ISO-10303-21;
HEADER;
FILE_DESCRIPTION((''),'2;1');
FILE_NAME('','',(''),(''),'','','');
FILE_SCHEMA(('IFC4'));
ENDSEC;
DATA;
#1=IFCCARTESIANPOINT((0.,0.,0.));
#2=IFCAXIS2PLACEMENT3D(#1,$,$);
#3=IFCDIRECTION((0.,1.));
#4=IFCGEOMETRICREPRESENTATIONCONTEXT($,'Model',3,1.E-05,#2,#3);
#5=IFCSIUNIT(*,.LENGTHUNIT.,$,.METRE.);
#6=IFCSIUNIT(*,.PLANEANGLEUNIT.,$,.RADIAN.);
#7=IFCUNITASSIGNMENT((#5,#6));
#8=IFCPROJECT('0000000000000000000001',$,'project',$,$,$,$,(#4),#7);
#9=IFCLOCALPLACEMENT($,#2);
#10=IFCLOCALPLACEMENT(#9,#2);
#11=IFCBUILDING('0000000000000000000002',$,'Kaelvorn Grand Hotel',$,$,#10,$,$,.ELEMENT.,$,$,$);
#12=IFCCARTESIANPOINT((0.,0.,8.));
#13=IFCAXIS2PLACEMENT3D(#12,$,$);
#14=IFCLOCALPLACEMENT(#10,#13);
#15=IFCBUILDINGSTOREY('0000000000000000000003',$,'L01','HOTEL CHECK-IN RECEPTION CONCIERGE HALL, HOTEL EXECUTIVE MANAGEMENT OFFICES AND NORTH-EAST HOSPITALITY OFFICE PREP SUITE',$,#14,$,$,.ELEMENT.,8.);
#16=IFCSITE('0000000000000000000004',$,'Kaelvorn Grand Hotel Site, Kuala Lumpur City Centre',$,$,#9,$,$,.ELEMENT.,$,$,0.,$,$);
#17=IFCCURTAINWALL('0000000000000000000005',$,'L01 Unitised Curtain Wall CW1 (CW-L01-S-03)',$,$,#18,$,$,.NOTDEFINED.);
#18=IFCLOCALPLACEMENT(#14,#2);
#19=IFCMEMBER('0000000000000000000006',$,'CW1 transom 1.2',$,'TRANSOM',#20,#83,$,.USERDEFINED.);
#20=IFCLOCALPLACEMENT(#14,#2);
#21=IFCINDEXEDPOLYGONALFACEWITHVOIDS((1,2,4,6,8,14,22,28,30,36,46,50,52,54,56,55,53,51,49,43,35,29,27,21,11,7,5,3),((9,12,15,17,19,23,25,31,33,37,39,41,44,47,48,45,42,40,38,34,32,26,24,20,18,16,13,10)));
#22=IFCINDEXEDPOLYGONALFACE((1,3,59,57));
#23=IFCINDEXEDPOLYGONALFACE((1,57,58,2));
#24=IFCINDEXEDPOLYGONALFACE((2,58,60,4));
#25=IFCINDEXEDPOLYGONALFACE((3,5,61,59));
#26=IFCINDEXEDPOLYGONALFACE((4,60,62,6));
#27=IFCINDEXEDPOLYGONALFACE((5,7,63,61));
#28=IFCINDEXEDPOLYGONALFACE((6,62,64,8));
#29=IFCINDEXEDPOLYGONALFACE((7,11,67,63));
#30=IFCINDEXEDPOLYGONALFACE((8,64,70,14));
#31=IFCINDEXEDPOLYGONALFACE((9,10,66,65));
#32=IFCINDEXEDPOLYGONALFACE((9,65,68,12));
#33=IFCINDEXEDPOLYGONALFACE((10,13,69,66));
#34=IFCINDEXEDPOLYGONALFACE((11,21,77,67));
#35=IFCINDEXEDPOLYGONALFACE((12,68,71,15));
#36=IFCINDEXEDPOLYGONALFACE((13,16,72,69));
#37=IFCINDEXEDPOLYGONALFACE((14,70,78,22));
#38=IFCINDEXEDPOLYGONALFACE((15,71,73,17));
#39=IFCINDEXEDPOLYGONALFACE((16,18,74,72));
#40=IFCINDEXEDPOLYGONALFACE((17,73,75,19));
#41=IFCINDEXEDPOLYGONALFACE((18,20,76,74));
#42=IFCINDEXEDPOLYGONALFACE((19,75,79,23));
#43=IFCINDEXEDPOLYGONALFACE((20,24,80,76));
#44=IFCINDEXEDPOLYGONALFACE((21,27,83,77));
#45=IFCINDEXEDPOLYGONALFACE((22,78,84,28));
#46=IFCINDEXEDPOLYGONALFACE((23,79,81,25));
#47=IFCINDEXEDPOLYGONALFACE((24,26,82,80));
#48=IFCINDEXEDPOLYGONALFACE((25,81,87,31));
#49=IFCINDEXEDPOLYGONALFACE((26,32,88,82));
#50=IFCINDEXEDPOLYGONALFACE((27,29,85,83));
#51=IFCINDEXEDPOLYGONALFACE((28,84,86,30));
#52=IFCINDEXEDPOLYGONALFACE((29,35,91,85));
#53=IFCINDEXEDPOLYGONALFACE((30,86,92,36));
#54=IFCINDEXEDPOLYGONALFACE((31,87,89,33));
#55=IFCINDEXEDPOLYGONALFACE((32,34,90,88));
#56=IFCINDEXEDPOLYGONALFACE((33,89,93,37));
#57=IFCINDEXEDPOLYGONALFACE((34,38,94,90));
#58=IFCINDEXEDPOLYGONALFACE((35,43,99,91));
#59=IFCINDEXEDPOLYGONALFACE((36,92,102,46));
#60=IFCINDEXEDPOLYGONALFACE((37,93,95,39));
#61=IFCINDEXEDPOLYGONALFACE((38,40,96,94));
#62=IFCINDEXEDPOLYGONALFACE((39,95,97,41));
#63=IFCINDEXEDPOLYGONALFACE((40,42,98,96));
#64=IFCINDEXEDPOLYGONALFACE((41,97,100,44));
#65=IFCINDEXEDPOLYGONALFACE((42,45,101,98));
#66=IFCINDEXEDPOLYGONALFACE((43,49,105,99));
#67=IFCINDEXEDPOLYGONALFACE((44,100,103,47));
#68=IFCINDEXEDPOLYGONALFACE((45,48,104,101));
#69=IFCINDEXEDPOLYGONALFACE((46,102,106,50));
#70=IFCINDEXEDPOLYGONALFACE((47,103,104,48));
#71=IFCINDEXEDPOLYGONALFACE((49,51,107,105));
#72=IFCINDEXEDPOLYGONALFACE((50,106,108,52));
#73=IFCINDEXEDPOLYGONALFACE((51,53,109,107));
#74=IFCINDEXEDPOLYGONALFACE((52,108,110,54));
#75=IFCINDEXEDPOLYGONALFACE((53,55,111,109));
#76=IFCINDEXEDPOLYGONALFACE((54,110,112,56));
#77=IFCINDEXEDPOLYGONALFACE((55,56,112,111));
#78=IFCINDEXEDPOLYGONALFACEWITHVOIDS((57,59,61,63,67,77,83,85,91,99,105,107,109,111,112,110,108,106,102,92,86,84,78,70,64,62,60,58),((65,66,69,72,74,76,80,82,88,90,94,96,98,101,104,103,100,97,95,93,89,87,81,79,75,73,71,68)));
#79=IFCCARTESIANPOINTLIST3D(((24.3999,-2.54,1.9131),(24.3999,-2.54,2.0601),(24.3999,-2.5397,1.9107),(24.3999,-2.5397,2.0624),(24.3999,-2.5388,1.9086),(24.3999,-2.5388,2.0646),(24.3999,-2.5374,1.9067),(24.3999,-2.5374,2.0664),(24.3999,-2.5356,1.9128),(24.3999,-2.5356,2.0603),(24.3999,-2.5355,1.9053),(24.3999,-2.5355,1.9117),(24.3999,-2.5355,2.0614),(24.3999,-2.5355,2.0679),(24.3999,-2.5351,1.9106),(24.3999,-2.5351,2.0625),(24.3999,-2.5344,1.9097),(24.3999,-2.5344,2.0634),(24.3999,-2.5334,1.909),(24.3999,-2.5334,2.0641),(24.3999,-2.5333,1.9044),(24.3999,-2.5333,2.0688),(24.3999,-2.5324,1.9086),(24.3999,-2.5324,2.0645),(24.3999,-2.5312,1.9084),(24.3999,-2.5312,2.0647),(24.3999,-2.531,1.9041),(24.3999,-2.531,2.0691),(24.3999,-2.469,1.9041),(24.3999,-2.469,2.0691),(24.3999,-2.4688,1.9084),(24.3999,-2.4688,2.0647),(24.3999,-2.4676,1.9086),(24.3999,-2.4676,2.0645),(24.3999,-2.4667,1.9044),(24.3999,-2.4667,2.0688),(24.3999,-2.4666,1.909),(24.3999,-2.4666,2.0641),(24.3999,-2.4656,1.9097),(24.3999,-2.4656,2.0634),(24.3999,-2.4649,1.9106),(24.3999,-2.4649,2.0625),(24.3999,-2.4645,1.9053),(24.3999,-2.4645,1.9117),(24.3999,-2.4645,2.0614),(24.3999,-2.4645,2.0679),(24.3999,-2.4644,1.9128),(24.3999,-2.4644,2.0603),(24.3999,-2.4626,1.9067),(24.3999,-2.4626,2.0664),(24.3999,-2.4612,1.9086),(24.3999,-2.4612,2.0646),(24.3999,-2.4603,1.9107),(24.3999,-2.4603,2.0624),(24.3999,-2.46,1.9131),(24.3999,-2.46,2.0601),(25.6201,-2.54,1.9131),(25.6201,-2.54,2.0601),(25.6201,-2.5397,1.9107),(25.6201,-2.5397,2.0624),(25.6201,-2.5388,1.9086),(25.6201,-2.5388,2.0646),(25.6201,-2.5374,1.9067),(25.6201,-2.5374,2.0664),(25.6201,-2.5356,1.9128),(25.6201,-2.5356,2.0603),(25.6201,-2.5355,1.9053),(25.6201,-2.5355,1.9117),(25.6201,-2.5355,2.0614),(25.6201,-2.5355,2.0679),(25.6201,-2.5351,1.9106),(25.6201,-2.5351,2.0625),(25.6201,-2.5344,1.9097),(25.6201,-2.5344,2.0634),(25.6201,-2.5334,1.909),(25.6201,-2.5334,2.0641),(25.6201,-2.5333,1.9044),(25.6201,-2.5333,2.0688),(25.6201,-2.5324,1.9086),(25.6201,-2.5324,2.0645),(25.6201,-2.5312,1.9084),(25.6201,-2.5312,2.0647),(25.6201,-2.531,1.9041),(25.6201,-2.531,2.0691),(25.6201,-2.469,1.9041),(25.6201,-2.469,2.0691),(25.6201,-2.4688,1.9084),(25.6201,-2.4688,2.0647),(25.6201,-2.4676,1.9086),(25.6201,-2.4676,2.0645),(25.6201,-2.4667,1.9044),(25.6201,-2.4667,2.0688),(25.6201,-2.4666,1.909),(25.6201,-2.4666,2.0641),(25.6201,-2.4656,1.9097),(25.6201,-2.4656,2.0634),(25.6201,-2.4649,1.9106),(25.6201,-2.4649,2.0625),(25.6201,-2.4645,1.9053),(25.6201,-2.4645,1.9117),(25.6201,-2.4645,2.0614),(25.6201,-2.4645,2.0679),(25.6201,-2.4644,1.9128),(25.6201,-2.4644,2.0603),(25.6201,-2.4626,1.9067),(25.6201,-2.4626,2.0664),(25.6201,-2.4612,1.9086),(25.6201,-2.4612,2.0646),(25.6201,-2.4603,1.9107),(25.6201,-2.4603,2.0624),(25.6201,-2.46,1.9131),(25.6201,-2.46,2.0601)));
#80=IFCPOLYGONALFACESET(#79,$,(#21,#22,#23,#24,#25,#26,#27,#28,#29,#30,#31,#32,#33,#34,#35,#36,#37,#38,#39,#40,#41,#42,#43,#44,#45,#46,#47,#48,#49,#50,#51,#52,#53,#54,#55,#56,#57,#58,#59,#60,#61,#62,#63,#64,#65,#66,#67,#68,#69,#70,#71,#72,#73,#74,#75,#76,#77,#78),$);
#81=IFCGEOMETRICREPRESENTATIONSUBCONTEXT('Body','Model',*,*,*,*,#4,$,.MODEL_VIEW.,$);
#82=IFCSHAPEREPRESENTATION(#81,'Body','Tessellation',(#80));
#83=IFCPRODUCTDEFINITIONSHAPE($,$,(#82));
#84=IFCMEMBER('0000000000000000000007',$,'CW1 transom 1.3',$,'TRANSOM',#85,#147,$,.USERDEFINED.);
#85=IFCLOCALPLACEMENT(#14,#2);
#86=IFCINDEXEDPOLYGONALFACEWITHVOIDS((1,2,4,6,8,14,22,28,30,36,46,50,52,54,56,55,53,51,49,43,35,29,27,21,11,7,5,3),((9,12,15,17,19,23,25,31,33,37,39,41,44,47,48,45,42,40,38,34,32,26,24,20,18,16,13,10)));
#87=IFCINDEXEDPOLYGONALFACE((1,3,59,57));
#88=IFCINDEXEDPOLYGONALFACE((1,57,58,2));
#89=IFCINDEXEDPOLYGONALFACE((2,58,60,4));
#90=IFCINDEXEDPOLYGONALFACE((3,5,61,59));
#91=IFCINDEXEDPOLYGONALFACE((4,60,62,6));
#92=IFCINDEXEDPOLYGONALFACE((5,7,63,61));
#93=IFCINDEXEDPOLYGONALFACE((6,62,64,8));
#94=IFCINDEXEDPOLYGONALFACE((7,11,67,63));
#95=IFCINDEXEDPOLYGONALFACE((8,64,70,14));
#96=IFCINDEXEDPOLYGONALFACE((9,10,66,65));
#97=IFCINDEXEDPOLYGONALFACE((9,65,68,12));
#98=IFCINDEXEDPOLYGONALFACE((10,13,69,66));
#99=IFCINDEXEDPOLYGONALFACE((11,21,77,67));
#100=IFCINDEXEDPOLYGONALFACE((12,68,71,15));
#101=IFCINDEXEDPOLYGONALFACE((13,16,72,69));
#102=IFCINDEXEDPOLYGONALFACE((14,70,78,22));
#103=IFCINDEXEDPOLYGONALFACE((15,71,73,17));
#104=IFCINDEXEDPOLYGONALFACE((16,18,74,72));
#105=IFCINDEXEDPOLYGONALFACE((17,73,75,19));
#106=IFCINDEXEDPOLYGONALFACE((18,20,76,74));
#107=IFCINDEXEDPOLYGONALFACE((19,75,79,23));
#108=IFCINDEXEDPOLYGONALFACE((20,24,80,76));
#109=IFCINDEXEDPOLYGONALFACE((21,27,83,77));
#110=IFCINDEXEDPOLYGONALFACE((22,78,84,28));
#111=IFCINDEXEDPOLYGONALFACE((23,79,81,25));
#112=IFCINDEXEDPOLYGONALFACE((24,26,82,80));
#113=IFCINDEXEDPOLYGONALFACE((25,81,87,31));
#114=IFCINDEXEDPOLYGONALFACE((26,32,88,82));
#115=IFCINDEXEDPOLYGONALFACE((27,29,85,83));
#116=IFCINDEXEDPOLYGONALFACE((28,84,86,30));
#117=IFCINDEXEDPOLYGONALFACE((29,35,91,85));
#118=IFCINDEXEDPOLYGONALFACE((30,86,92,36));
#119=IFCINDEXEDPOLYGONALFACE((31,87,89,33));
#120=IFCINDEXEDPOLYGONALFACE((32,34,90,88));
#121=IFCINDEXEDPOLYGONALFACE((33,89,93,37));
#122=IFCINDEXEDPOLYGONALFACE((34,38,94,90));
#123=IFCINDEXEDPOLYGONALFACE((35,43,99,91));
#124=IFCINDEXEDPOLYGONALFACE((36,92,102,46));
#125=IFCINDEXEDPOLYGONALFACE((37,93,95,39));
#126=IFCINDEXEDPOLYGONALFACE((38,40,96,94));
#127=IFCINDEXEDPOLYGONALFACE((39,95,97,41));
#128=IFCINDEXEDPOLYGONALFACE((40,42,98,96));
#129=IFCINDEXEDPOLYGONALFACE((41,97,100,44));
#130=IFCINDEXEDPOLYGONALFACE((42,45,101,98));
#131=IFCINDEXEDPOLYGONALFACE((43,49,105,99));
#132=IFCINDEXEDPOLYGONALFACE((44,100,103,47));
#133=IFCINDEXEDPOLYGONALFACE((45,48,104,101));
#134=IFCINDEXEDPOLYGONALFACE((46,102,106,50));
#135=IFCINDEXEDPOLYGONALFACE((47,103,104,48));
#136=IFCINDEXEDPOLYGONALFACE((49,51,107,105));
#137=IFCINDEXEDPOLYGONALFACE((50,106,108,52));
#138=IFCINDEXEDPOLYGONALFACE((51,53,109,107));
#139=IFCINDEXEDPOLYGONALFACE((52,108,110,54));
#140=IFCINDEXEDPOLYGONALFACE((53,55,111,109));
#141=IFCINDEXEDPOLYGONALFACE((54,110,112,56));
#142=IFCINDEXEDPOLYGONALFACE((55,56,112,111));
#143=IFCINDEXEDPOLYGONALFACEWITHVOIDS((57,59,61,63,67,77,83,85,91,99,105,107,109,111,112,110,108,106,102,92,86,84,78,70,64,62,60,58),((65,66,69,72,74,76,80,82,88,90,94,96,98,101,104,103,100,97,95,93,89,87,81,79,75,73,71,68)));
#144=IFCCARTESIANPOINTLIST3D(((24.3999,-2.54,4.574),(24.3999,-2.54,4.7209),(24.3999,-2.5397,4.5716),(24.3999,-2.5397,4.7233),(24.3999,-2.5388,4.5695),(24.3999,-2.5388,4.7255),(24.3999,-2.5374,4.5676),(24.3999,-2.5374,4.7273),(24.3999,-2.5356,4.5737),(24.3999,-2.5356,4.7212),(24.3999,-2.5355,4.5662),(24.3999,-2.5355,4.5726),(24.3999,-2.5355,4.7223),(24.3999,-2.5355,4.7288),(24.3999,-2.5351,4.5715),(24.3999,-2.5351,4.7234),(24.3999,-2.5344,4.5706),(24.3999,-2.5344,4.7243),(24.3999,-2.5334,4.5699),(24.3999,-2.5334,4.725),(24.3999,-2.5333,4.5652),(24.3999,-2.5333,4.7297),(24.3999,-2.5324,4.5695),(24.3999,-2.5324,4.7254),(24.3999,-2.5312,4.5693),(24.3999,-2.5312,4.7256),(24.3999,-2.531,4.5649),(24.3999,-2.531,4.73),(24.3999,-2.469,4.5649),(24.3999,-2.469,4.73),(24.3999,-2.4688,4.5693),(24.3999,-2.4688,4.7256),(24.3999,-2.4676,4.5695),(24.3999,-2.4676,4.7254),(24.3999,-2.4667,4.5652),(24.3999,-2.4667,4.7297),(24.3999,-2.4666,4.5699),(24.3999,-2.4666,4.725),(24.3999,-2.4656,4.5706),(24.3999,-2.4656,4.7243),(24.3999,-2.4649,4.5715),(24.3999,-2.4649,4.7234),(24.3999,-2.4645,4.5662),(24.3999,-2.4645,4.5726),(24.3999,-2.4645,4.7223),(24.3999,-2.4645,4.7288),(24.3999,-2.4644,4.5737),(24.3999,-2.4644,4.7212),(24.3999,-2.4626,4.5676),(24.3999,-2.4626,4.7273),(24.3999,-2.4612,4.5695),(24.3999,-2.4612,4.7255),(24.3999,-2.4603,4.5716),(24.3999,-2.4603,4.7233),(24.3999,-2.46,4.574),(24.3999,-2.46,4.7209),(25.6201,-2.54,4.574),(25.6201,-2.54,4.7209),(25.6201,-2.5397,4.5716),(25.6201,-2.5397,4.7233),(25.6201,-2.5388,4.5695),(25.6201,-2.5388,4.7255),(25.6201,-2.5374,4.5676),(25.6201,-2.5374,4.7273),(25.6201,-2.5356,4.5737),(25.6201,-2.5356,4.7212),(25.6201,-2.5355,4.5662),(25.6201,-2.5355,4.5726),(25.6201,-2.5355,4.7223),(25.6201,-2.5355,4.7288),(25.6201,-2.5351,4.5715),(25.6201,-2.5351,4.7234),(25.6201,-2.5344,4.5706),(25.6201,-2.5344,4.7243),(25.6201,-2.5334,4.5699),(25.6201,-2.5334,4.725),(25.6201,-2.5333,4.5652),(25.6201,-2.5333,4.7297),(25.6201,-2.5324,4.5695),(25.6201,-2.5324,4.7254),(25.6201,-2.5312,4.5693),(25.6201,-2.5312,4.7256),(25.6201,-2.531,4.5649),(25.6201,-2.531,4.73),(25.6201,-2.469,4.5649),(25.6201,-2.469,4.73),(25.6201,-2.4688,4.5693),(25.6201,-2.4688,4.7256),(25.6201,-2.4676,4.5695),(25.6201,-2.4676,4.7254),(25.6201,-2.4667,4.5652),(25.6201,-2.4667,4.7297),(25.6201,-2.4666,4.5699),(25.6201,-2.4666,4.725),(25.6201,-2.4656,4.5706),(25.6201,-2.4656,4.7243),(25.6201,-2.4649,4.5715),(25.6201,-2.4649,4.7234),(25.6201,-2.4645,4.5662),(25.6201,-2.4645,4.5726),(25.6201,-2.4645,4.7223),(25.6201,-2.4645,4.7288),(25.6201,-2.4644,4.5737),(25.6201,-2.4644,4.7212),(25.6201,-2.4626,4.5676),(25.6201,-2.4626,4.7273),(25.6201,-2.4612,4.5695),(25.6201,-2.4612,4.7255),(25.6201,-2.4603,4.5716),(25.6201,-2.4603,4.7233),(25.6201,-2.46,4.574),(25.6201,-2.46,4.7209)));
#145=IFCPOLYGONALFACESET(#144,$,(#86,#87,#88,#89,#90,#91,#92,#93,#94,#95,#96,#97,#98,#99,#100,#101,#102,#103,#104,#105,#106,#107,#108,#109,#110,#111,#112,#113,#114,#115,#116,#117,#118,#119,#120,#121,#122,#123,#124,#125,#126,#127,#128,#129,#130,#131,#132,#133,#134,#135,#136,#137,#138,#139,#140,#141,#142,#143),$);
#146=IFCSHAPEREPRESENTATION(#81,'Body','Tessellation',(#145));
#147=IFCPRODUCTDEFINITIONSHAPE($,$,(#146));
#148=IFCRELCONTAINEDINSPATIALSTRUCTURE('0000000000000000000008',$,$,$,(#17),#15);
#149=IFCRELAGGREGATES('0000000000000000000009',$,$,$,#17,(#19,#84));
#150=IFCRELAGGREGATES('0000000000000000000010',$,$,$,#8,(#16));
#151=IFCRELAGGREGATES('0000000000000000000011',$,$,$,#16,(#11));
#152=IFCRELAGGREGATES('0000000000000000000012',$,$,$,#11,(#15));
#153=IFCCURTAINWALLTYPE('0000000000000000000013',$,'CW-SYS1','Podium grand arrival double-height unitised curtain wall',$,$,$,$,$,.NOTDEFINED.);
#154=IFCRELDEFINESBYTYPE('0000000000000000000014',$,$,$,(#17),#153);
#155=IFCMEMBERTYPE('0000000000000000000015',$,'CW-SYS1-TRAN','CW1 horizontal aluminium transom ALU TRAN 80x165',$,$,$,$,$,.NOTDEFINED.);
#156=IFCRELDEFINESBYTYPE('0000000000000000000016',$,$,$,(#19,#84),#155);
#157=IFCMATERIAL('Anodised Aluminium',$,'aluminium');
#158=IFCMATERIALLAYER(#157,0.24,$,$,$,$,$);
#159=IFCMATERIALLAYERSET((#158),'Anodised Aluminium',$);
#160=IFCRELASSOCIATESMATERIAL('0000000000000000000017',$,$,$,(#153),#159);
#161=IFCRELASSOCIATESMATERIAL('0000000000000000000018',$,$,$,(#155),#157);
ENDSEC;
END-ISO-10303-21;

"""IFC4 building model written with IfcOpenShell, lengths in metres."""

from ifc_helpers import new_model, si_unit, direction, frame, origin, origin_2d, place, context, subcontext, project, spatial, hollow_rectangle, extrude, material, layer, layer_set, material_profile, profile_set, type_object, element, aggregate, save


model = new_model("IFC4")

# Units and contexts
model_context = context("Model", 3, precision=1e-05, world=origin(), true_north=direction((0.0, 1.0)))
body_context = subcontext(model_context, "Body", "Model", "MODEL_VIEW")
ifc_project = project(units=[si_unit("LENGTHUNIT", "METRE"), si_unit("PLANEANGLEUNIT", "RADIAN")], contexts=[model_context])

# Site, building, storey
site_placement = place(None, origin())
site = spatial("IfcSite", under=ifc_project, at=site_placement, Name="Kaelvorn Grand Hotel Site, Kuala Lumpur City Centre", CompositionType="ELEMENT", RefElevation=0.0)
building_placement = place(site_placement, origin())
building = spatial("IfcBuilding", under=site, at=building_placement, Name="Kaelvorn Grand Hotel", CompositionType="ELEMENT")
storey_placement = place(building_placement, frame((0.0, 0.0, 8.0)))
storey = spatial("IfcBuildingStorey", under=building, at=storey_placement, Name="L01", Description="HOTEL CHECK-IN RECEPTION CONCIERGE HALL, HOTEL EXECUTIVE MANAGEMENT OFFICES AND NORTH-EAST HOSPITALITY OFFICE PREP SUITE", CompositionType="ELEMENT", Elevation=8.0)

# Curtain wall
ifc_material_1 = material(Name="Anodised Aluminium", Category="aluminium")
ifc_layer_1 = layer(ifc_material_1, 0.24)
ifc_layer_set_1 = layer_set([ifc_layer_1], Name="Anodised Aluminium")
curtain_wall_type = type_object("IfcCurtainWallType", Name="CW-SYS1", Description="Podium grand arrival double-height unitised curtain wall", PredefinedType="NOTDEFINED", material=ifc_layer_set_1)
curtain_wall_1_placement = place(storey_placement, origin())
curtain_wall_1 = element("IfcCurtainWall", 1, at=curtain_wall_1_placement, inside=storey, type_object=curtain_wall_type, Name="L01 Unitised Curtain Wall CW1 (CW-L01-S-03)", PredefinedType="NOTDEFINED")

# Members
ifc_material_profile_1 = material_profile(ifc_material_1, hollow_rectangle(XDim=0.0801, YDim=0.165, WallThickness=0.0044, InnerFilletRadius=0.0044, OuterFilletRadius=0.009, at=origin_2d()), Name="ALU TRAN 80x165")
ifc_profile_set_1 = profile_set([ifc_material_profile_1], Name="Anodised Aluminium")
member_type_1 = type_object("IfcMemberType", Name="CW-SYS1-TRAN", Description="CW1 horizontal aluminium transom ALU TRAN 80x165", PredefinedType="NOTDEFINED", material=ifc_profile_set_1)
member_1_placement = place(storey_placement, frame((24.3999, -2.5, 1.9866), z_axis=(1.0, 0.0, 0.0), x_axis=(0.0, 1.0, 0.0)))
member_1 = element("IfcMember", 2, at=member_1_placement, type_object=member_type_1, Name="CW1 transom 1.2", ObjectType="TRANSOM", PredefinedType="USERDEFINED", context=body_context, shape_type="SweptSolid", body=[
    extrude(hollow_rectangle(XDim=0.0801, YDim=0.165, WallThickness=0.0044, InnerFilletRadius=0.0044, OuterFilletRadius=0.009, at=origin_2d()), origin(), (0.0, 0.0, 1.0), 1.2202),
])
member_2_placement = place(storey_placement, frame((24.3999, -2.5, 4.6475), z_axis=(1.0, 0.0, 0.0), x_axis=(0.0, 1.0, 0.0)))
member_2 = element("IfcMember", 3, at=member_2_placement, type_object=member_type_1, Name="CW1 transom 1.3", ObjectType="TRANSOM", PredefinedType="USERDEFINED", context=body_context, shape_type="SweptSolid", body=[
    extrude(hollow_rectangle(XDim=0.0801, YDim=0.165, WallThickness=0.0044, InnerFilletRadius=0.0044, OuterFilletRadius=0.009, at=origin_2d()), origin(), (0.0, 0.0, 1.0), 1.2202),
])

aggregate(curtain_wall_1, [member_1, member_2])

save(model, "model.ifc")
